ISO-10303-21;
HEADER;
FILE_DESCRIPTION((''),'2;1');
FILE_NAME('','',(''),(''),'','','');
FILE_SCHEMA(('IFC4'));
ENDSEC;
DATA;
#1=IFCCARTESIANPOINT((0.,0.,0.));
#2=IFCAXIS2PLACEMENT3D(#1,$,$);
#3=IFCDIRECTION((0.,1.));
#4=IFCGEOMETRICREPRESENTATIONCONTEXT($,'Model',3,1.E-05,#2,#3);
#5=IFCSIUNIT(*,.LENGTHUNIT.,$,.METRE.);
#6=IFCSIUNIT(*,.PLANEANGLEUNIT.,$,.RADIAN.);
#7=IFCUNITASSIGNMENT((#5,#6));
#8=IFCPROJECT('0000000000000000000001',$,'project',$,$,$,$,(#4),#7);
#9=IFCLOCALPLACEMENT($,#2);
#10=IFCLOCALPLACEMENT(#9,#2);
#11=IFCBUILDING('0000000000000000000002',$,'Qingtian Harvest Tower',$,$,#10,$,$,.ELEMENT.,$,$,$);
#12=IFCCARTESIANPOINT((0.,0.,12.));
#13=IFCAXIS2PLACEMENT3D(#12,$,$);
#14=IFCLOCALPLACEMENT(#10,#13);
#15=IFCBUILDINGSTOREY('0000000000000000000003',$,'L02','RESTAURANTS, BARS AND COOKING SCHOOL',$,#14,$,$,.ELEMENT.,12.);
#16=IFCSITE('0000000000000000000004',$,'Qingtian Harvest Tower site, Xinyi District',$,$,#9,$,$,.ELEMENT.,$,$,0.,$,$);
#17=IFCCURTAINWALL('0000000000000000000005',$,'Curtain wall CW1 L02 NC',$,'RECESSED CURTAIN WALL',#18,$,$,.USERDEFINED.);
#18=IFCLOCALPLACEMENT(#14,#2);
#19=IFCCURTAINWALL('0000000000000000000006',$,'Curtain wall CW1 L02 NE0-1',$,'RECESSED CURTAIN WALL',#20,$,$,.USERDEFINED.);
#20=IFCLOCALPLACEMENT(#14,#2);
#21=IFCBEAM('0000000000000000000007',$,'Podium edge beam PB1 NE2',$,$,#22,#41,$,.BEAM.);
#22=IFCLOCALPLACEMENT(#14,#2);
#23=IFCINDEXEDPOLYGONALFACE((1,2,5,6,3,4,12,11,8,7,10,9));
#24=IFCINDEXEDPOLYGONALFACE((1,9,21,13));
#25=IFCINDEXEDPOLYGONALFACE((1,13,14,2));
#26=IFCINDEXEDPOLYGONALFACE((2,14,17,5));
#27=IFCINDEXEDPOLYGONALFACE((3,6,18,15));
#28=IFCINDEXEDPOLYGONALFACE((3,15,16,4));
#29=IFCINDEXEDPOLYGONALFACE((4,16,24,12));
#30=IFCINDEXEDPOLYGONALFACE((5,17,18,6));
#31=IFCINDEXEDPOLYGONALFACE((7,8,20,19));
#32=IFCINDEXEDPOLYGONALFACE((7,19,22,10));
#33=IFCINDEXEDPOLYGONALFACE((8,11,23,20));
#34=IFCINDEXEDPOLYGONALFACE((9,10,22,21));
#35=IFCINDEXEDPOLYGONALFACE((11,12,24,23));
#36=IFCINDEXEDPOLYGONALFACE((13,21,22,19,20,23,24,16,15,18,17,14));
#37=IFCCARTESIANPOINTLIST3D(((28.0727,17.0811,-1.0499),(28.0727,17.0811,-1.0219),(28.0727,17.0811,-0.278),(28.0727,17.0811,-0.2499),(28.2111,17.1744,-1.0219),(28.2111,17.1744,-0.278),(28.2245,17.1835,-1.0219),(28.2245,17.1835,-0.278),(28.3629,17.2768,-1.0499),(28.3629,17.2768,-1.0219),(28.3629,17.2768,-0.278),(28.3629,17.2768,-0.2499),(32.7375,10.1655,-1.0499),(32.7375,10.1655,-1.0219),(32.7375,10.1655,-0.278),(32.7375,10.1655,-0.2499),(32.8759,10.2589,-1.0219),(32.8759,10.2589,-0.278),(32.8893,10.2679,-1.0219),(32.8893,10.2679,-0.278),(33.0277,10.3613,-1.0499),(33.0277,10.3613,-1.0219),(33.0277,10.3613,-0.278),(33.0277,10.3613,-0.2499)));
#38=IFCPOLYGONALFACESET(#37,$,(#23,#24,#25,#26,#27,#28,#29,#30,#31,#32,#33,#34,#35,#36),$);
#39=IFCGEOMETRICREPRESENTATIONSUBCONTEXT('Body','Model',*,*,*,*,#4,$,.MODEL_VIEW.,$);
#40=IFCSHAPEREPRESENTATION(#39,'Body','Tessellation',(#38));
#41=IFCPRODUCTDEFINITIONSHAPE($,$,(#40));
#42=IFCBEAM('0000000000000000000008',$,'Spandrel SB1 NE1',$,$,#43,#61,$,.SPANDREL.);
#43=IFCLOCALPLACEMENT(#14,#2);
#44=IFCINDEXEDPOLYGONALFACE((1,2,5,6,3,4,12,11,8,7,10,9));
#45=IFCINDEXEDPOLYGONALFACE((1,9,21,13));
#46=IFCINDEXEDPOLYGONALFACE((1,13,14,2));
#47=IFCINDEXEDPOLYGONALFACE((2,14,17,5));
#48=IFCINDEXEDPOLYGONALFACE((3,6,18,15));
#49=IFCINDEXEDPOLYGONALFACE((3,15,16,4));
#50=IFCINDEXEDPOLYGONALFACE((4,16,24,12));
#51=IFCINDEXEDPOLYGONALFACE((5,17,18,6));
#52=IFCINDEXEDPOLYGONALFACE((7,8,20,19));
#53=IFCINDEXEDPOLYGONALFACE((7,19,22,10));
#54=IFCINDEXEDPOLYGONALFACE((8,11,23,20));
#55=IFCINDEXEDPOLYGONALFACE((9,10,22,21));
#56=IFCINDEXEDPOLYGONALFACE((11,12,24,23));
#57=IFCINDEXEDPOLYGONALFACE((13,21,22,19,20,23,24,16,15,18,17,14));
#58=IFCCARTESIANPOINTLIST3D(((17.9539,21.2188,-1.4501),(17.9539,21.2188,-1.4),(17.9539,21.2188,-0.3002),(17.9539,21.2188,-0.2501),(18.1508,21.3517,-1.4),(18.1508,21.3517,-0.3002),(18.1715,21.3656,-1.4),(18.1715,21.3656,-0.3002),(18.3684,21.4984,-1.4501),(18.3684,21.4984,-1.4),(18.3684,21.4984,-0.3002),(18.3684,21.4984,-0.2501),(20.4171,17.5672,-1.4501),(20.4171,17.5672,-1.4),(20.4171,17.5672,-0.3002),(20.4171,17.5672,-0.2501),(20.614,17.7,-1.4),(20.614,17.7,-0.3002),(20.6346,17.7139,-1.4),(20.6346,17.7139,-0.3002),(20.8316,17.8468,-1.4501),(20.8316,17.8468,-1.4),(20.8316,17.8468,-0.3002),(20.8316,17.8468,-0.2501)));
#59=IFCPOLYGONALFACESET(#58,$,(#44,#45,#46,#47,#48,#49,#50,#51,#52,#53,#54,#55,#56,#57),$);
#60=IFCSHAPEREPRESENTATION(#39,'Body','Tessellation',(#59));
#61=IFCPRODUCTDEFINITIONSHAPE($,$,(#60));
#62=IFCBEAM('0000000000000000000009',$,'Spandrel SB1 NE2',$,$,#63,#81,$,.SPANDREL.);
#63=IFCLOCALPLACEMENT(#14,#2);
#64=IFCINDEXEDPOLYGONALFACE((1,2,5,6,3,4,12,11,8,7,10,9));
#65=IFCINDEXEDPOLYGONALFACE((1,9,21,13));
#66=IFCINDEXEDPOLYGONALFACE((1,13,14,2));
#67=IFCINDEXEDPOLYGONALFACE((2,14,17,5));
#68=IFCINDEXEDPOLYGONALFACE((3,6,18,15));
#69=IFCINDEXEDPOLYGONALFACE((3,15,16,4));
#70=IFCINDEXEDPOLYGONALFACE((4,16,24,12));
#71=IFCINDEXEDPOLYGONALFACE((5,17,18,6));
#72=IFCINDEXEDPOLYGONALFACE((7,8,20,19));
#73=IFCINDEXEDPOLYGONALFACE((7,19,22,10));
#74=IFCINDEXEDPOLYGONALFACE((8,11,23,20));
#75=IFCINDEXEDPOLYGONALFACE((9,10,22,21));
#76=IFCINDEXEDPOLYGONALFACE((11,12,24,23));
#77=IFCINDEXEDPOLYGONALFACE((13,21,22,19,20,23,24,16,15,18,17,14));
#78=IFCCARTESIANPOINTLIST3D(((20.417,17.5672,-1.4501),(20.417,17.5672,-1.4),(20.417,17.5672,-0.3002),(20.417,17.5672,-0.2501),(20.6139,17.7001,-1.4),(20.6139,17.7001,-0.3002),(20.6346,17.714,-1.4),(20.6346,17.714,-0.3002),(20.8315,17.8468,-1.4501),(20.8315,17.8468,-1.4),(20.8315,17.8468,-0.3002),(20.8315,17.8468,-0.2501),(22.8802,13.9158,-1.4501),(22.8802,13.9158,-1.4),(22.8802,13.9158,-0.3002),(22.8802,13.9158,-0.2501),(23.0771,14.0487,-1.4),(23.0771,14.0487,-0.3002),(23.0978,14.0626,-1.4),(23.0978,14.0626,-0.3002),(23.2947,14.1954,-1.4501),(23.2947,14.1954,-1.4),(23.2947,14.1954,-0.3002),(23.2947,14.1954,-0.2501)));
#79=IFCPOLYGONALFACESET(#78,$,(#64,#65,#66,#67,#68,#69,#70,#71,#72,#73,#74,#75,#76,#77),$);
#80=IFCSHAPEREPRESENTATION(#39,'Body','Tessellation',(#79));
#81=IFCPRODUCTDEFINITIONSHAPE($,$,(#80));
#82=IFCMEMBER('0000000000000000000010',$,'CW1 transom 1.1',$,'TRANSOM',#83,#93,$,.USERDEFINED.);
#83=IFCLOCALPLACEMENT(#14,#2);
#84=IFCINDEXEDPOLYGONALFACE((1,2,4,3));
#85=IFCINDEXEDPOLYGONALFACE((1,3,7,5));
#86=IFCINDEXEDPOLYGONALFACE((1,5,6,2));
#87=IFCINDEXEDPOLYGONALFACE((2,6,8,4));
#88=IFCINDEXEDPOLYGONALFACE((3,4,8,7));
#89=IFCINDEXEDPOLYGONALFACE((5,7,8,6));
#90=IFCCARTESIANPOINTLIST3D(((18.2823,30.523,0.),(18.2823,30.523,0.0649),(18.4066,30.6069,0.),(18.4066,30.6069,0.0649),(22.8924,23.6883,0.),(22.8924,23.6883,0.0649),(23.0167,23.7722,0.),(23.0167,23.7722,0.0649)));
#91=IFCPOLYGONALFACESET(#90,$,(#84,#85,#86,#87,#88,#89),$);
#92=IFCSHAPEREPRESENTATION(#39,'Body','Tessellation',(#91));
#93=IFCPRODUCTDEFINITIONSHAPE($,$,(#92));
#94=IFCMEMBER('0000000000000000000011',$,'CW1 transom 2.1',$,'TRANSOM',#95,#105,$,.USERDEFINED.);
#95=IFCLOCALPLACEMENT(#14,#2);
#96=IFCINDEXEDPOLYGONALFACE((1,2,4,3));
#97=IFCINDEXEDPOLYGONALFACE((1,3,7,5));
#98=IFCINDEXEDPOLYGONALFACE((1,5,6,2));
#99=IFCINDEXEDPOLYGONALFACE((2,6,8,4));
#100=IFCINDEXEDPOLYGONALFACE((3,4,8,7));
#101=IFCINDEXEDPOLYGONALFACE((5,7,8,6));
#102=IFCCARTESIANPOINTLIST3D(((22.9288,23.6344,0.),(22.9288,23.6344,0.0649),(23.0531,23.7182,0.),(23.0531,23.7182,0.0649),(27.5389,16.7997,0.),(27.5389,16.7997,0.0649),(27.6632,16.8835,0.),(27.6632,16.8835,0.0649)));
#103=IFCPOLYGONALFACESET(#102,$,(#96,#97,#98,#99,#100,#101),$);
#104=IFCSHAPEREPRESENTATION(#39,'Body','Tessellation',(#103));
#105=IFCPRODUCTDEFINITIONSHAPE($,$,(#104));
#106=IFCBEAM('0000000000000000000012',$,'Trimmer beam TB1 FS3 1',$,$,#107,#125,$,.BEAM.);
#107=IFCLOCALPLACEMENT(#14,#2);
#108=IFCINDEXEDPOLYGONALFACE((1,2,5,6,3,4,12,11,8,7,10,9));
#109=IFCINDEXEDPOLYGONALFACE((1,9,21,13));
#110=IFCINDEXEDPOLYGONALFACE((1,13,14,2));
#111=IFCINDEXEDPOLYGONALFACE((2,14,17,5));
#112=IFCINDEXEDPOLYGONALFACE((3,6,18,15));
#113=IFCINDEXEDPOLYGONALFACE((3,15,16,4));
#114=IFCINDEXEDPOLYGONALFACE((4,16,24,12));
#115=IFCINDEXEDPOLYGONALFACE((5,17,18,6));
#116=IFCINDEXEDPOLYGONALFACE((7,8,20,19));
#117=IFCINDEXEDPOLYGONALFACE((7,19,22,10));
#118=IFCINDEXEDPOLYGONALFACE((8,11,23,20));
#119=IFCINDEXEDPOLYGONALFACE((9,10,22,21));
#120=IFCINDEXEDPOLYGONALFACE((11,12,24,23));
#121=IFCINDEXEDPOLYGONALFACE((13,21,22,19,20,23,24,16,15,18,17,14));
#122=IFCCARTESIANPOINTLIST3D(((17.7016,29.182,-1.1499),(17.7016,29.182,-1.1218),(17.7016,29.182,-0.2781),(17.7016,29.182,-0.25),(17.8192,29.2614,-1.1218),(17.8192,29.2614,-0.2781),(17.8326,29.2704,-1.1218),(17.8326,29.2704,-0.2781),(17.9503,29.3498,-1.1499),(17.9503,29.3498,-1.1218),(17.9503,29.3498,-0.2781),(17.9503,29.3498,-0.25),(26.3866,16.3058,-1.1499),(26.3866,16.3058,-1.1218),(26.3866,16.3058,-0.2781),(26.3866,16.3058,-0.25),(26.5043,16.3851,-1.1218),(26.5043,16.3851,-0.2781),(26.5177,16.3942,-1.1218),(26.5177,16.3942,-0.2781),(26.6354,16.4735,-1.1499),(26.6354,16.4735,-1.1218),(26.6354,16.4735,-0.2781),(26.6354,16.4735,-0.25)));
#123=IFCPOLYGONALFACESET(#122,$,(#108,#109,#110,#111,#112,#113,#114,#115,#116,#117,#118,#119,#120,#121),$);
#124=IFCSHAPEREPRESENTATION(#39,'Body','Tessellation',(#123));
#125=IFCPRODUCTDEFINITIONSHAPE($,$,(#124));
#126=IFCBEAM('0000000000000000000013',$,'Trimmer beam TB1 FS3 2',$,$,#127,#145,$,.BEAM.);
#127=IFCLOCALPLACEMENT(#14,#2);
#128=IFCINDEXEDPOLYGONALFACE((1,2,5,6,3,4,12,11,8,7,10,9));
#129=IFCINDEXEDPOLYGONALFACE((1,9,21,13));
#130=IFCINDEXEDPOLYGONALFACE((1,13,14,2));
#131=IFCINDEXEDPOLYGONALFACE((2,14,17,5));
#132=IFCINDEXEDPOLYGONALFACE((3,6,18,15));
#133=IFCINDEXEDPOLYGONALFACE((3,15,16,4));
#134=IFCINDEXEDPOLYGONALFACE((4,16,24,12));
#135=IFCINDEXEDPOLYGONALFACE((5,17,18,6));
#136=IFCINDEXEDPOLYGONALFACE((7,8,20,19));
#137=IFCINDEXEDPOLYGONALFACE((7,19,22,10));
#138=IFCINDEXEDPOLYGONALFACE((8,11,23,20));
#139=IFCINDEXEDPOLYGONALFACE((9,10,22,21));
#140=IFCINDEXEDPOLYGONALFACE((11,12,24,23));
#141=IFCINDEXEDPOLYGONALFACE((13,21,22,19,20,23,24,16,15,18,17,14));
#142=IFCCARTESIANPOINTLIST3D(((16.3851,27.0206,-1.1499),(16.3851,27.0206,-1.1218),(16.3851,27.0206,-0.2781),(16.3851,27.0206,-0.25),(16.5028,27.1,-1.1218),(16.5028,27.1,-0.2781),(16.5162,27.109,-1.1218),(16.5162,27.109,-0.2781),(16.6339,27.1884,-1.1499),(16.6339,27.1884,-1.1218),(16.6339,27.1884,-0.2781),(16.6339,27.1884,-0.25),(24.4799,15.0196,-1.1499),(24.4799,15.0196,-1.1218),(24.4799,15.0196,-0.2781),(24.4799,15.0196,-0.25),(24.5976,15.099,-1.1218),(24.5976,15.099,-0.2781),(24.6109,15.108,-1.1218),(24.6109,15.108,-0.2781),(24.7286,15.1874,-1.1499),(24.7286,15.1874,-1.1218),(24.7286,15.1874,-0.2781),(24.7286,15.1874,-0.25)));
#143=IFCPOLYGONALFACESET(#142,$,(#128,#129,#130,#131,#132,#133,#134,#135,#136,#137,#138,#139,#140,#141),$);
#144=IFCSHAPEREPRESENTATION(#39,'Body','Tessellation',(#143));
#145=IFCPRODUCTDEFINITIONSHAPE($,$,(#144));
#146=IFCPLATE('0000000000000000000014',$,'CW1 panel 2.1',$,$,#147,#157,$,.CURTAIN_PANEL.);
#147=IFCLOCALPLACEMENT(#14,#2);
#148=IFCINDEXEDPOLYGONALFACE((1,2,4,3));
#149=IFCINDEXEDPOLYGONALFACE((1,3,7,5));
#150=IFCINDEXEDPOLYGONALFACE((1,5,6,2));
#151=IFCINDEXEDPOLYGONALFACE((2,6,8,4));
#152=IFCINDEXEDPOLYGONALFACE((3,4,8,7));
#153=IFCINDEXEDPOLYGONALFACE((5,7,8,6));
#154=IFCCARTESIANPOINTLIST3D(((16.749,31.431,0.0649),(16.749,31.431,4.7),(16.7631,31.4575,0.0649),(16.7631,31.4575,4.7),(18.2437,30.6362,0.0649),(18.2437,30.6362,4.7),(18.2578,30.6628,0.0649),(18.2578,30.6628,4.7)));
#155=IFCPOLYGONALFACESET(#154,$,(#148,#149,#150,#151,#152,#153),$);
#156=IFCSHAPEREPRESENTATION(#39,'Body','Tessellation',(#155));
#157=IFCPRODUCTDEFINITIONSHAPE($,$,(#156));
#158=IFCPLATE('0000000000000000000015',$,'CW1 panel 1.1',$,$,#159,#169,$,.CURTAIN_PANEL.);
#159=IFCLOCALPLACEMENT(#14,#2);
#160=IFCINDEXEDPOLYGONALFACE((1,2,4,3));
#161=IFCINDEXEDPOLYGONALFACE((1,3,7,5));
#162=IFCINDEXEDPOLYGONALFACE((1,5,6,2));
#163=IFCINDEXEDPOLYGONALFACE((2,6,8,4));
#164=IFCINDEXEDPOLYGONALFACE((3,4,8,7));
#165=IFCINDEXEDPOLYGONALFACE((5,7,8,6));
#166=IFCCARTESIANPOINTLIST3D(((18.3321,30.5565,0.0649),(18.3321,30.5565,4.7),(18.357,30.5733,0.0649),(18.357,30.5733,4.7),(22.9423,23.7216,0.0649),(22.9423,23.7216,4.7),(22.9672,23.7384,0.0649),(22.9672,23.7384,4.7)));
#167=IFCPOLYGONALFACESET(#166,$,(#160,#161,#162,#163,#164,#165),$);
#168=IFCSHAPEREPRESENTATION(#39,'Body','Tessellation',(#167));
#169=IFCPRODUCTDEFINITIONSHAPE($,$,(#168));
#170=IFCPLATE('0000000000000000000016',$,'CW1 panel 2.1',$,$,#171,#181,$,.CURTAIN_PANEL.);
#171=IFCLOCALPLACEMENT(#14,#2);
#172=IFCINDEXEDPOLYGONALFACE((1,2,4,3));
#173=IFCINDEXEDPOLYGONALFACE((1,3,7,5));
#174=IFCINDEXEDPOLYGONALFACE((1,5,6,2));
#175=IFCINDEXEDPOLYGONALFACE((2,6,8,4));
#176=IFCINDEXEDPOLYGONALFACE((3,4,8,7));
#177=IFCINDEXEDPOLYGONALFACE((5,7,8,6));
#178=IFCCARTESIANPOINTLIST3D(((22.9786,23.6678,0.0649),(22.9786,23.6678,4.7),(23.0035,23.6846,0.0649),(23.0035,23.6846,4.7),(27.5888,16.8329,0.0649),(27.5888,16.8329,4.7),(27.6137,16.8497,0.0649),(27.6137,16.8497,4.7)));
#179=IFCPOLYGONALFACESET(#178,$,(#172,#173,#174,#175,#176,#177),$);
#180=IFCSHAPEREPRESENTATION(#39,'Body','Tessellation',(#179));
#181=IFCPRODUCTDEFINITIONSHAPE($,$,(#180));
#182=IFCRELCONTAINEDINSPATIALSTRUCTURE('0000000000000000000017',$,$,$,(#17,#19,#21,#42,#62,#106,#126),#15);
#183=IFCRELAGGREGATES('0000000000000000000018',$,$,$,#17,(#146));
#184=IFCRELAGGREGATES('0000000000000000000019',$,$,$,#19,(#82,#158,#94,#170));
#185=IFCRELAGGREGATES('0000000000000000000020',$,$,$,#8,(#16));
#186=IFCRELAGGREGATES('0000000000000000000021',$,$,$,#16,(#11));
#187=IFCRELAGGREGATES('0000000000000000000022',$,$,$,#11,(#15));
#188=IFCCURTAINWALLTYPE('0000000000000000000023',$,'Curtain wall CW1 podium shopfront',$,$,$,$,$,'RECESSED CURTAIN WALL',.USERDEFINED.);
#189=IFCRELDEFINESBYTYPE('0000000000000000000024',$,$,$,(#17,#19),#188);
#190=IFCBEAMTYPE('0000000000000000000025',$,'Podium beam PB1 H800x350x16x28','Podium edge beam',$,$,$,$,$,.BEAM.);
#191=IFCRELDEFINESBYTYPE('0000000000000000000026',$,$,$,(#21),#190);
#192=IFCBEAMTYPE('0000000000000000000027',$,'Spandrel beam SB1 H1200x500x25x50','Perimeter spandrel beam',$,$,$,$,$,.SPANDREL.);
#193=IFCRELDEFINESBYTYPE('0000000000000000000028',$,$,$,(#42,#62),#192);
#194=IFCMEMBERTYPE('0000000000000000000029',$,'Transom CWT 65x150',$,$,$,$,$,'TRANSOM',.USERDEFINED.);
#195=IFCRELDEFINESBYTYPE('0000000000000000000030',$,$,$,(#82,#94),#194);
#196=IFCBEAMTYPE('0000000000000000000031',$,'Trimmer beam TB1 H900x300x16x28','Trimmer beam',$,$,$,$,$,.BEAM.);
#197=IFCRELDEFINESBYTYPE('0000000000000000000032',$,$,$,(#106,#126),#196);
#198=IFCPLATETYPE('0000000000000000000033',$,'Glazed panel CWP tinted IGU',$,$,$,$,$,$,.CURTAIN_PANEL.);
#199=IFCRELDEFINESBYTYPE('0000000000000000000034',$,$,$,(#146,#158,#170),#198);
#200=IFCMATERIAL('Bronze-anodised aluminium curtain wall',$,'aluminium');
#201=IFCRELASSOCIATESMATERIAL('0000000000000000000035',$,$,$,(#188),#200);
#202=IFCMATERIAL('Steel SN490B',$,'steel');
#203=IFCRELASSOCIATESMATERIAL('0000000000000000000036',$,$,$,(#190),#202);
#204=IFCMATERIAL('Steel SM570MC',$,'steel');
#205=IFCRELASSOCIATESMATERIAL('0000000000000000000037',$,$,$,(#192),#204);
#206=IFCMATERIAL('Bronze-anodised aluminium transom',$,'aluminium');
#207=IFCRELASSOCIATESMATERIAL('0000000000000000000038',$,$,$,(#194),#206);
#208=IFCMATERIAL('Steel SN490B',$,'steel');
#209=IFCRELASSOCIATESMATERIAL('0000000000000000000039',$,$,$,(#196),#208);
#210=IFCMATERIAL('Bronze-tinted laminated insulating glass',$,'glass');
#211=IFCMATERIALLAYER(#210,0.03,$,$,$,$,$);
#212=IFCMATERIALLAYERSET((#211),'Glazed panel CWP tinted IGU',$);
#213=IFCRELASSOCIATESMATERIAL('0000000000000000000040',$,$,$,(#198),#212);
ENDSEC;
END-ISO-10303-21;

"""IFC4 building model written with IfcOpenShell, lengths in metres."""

from ifc_helpers import new_model, si_unit, direction, frame, origin, origin_2d, place, context, subcontext, project, spatial, rectangle, i_section, extrude, material, layer, layer_set, material_profile, profile_set, type_object, element, aggregate, save


model = new_model("IFC4")

# Units and contexts
model_context = context("Model", 3, precision=1e-05, world=origin(), true_north=direction((0.0, 1.0)))
body_context = subcontext(model_context, "Body", "Model", "MODEL_VIEW")
ifc_project = project(units=[si_unit("LENGTHUNIT", "METRE"), si_unit("PLANEANGLEUNIT", "RADIAN")], contexts=[model_context])

# Site, building, storey
site_placement = place(None, origin())
site = spatial("IfcSite", under=ifc_project, at=site_placement, Name="Qingtian Harvest Tower site, Xinyi District", CompositionType="ELEMENT", RefElevation=0.0)
building_placement = place(site_placement, origin())
building = spatial("IfcBuilding", under=site, at=building_placement, Name="Qingtian Harvest Tower", CompositionType="ELEMENT")
storey_placement = place(building_placement, frame((0.0, 0.0, 12.0)))
storey = spatial("IfcBuildingStorey", under=building, at=storey_placement, Name="L02", Description="RESTAURANTS, BARS AND COOKING SCHOOL", CompositionType="ELEMENT", Elevation=12.0)

# Curtain wall
ifc_material_1 = material(Name="Bronze-anodised aluminium curtain wall", Category="aluminium")
curtain_wall_type = type_object("IfcCurtainWallType", Name="Curtain wall CW1 podium shopfront", ElementType="RECESSED CURTAIN WALL", PredefinedType="USERDEFINED", material=ifc_material_1)
curtain_wall_1_placement = place(storey_placement, origin())
curtain_wall_1 = element("IfcCurtainWall", 1, at=curtain_wall_1_placement, inside=storey, type_object=curtain_wall_type, Name="Curtain wall CW1 L02 NC", ObjectType="RECESSED CURTAIN WALL", PredefinedType="USERDEFINED")

# Curtain wall
curtain_wall_2_placement = place(storey_placement, origin())
curtain_wall_2 = element("IfcCurtainWall", 2, at=curtain_wall_2_placement, inside=storey, type_object=curtain_wall_type, Name="Curtain wall CW1 L02 NE0-1", ObjectType="RECESSED CURTAIN WALL", PredefinedType="USERDEFINED")

# Beams
ifc_material_2 = material(Name="Steel SN490B", Category="steel")
ifc_material_profile_1 = material_profile(ifc_material_2, i_section(OverallWidth=0.3501, OverallDepth=0.8, WebThickness=0.0161, FlangeThickness=0.0281, at=origin_2d()), Name="H800x350x16x28")
ifc_profile_set_1 = profile_set([ifc_material_profile_1], Name="Steel SN490B")
beam_type_1 = type_object("IfcBeamType", Name="Podium beam PB1 H800x350x16x28", Description="Podium edge beam", PredefinedType="BEAM", material=ifc_profile_set_1)
for number, where, z_axis, x_axis, name in (
    (3, (28.2178, 17.179, -0.6499), (0.55921, -0.829026, 0.0), (0.829026, 0.55921, 0.0), "Podium edge beam PB1 NE2"),
):
    element("IfcBeam", number, at=place(storey_placement, frame(where, z_axis=z_axis, x_axis=x_axis)), inside=storey, type_object=beam_type_1, Name=name, PredefinedType="BEAM", context=body_context, shape_type="SweptSolid", body=[
        extrude(i_section(OverallWidth=0.3501, OverallDepth=0.8, WebThickness=0.0161, FlangeThickness=0.0281, at=origin_2d()), origin(), (0.0, 0.0, 1.0), 8.3418),
    ])
ifc_material_3 = material(Name="Steel SM570MC", Category="steel")
ifc_material_profile_2 = material_profile(ifc_material_3, i_section(OverallWidth=0.5, OverallDepth=1.2, WebThickness=0.0249, FlangeThickness=0.05, at=origin_2d()), Name="H1200x500x25x50")
ifc_profile_set_2 = profile_set([ifc_material_profile_2], Name="Steel SM570MC")
beam_type_2 = type_object("IfcBeamType", Name="Spandrel beam SB1 H1200x500x25x50", Description="Perimeter spandrel beam", PredefinedType="SPANDREL", material=ifc_profile_set_2)
beam_1_placement = place(storey_placement, frame((18.1611, 21.3586, -0.8501), z_axis=(0.559207, -0.829028, 0.0), x_axis=(0.829028, 0.559207, 0.0)))
element("IfcBeam", 4, at=beam_1_placement, inside=storey, type_object=beam_type_2, Name="Spandrel SB1 NE1", PredefinedType="SPANDREL", context=body_context, shape_type="SweptSolid", body=[
    extrude(i_section(OverallWidth=0.5, OverallDepth=1.2, WebThickness=0.0249, FlangeThickness=0.05, at=origin_2d()), origin(), (0.0, 0.0, 1.0), 4.4048),
])
beam_2_placement = place(storey_placement, frame((20.6243, 17.707, -0.8501), z_axis=(0.559233, -0.829011, 0.0), x_axis=(0.829011, 0.559233, 0.0)))
element("IfcBeam", 5, at=beam_2_placement, inside=storey, type_object=beam_type_2, Name="Spandrel SB1 NE2", PredefinedType="SPANDREL", context=body_context, shape_type="SweptSolid", body=[
    extrude(i_section(OverallWidth=0.5, OverallDepth=1.2, WebThickness=0.0249, FlangeThickness=0.05, at=origin_2d()), origin(), (0.0, 0.0, 1.0), 4.4045),
])

# Members
ifc_material_4 = material(Name="Bronze-anodised aluminium transom", Category="aluminium")
ifc_material_profile_3 = material_profile(ifc_material_4, rectangle(XDim=0.1499, YDim=0.0649, at=origin_2d()), Name="AL 65x150")
ifc_profile_set_3 = profile_set([ifc_material_profile_3], Name="Bronze-anodised aluminium transom")
member_type_1 = type_object("IfcMemberType", Name="Transom CWT 65x150", ElementType="TRANSOM", PredefinedType="USERDEFINED", material=ifc_profile_set_3)
member_1_placement = place(storey_placement, frame((18.3445, 30.5649, 0.0325), z_axis=(0.559196, -0.829036, 0.0), x_axis=(0.829036, 0.559196, 0.0)))
member_1 = element("IfcMember", 6, at=member_1_placement, type_object=member_type_1, Name="CW1 transom 1.1", ObjectType="TRANSOM", PredefinedType="USERDEFINED", context=body_context, shape_type="SweptSolid", body=[
    extrude(rectangle(XDim=0.1499, YDim=0.0649, at=origin_2d()), origin(), (0.0, 0.0, 1.0), 8.2441),
])
member_2_placement = place(storey_placement, frame((22.991, 23.6763, 0.0325), z_axis=(0.559196, -0.829036, 0.0), x_axis=(0.829036, 0.559196, 0.0)))
member_2 = element("IfcMember", 7, at=member_2_placement, type_object=member_type_1, Name="CW1 transom 2.1", ObjectType="TRANSOM", PredefinedType="USERDEFINED", context=body_context, shape_type="SweptSolid", body=[
    extrude(rectangle(XDim=0.1499, YDim=0.0649, at=origin_2d()), origin(), (0.0, 0.0, 1.0), 8.2441),
])

# Beams
ifc_material_5 = material(Name="Steel SN490B", Category="steel")
ifc_material_profile_4 = material_profile(ifc_material_5, i_section(OverallWidth=0.3, OverallDepth=0.8999, WebThickness=0.0161, FlangeThickness=0.0281, at=origin_2d()), Name="H900x300x16x28")
ifc_profile_set_4 = profile_set([ifc_material_profile_4], Name="Steel SN490B")
beam_type_3 = type_object("IfcBeamType", Name="Trimmer beam TB1 H900x300x16x28", Description="Trimmer beam", PredefinedType="BEAM", material=ifc_profile_set_4)
beam_3_placement = place(storey_placement, frame((26.511, 16.3896, -0.7), z_axis=(-0.55919, 0.829039, 0.0), x_axis=(-0.829039, -0.55919, 0.0)))
element("IfcBeam", 8, at=beam_3_placement, inside=storey, type_object=beam_type_3, Name="Trimmer beam TB1 FS3 1", PredefinedType="BEAM", context=body_context, shape_type="SweptSolid", body=[
    extrude(i_section(OverallWidth=0.3, OverallDepth=0.8999, WebThickness=0.0161, FlangeThickness=0.0281, at=origin_2d()), origin(), (0.0, 0.0, 1.0), 15.5315),
])
beam_4_placement = place(storey_placement, frame((24.6042, 15.1035, -0.7), z_axis=(-0.559191, 0.829039, 0.0), x_axis=(-0.829039, -0.559191, 0.0)))
element("IfcBeam", 9, at=beam_4_placement, inside=storey, type_object=beam_type_3, Name="Trimmer beam TB1 FS3 2", PredefinedType="BEAM", context=body_context, shape_type="SweptSolid", body=[
    extrude(i_section(OverallWidth=0.3, OverallDepth=0.8999, WebThickness=0.0161, FlangeThickness=0.0281, at=origin_2d()), origin(), (0.0, 0.0, 1.0), 14.4758),
])

# Plates
ifc_material_6 = material(Name="Bronze-tinted laminated insulating glass", Category="glass")
ifc_layer_1 = layer(ifc_material_6, 0.03)
ifc_layer_set_1 = layer_set([ifc_layer_1], Name="Glazed panel CWP tinted IGU")
plate_type = type_object("IfcPlateType", Name="Glazed panel CWP tinted IGU", PredefinedType="CURTAIN_PANEL", material=ifc_layer_set_1)
plate_1_placement = place(storey_placement, frame((17.5034, 31.0469, 0.0649), z_axis=(0.0, 0.0, 1.0), x_axis=(0.882948, -0.469472, 0.0)))
plate_1 = element("IfcPlate", 10, at=plate_1_placement, type_object=plate_type, Name="CW1 panel 2.1", PredefinedType="CURTAIN_PANEL", context=body_context, shape_type="SweptSolid", body=[
    extrude(rectangle(XDim=1.6929, YDim=0.03, at=origin_2d()), origin(), (0.0, 0.0, 1.0), 4.635),
])
aggregate(curtain_wall_1, [plate_1])
plate_2_placement = place(storey_placement, frame((20.6497, 27.1475, 0.0649), z_axis=(0.0, 0.0, 1.0), x_axis=(0.559193, -0.829038, 0.0)))
plate_2 = element("IfcPlate", 11, at=plate_2_placement, type_object=plate_type, Name="CW1 panel 1.1", PredefinedType="CURTAIN_PANEL", context=body_context, shape_type="SweptSolid", body=[
    extrude(rectangle(XDim=8.2444, YDim=0.03, at=origin_2d()), origin(), (0.0, 0.0, 1.0), 4.635),
])
plate_3_placement = place(storey_placement, frame((25.2961, 20.2588, 0.0649), z_axis=(0.0, 0.0, 1.0), x_axis=(0.559193, -0.829038, 0.0)))
plate_3 = element("IfcPlate", 12, at=plate_3_placement, type_object=plate_type, Name="CW1 panel 2.1", PredefinedType="CURTAIN_PANEL", context=body_context, shape_type="SweptSolid", body=[
    extrude(rectangle(XDim=8.2444, YDim=0.03, at=origin_2d()), origin(), (0.0, 0.0, 1.0), 4.635),
])
aggregate(curtain_wall_2, [member_1, plate_2, member_2, plate_3])

save(model, "model.ifc")
